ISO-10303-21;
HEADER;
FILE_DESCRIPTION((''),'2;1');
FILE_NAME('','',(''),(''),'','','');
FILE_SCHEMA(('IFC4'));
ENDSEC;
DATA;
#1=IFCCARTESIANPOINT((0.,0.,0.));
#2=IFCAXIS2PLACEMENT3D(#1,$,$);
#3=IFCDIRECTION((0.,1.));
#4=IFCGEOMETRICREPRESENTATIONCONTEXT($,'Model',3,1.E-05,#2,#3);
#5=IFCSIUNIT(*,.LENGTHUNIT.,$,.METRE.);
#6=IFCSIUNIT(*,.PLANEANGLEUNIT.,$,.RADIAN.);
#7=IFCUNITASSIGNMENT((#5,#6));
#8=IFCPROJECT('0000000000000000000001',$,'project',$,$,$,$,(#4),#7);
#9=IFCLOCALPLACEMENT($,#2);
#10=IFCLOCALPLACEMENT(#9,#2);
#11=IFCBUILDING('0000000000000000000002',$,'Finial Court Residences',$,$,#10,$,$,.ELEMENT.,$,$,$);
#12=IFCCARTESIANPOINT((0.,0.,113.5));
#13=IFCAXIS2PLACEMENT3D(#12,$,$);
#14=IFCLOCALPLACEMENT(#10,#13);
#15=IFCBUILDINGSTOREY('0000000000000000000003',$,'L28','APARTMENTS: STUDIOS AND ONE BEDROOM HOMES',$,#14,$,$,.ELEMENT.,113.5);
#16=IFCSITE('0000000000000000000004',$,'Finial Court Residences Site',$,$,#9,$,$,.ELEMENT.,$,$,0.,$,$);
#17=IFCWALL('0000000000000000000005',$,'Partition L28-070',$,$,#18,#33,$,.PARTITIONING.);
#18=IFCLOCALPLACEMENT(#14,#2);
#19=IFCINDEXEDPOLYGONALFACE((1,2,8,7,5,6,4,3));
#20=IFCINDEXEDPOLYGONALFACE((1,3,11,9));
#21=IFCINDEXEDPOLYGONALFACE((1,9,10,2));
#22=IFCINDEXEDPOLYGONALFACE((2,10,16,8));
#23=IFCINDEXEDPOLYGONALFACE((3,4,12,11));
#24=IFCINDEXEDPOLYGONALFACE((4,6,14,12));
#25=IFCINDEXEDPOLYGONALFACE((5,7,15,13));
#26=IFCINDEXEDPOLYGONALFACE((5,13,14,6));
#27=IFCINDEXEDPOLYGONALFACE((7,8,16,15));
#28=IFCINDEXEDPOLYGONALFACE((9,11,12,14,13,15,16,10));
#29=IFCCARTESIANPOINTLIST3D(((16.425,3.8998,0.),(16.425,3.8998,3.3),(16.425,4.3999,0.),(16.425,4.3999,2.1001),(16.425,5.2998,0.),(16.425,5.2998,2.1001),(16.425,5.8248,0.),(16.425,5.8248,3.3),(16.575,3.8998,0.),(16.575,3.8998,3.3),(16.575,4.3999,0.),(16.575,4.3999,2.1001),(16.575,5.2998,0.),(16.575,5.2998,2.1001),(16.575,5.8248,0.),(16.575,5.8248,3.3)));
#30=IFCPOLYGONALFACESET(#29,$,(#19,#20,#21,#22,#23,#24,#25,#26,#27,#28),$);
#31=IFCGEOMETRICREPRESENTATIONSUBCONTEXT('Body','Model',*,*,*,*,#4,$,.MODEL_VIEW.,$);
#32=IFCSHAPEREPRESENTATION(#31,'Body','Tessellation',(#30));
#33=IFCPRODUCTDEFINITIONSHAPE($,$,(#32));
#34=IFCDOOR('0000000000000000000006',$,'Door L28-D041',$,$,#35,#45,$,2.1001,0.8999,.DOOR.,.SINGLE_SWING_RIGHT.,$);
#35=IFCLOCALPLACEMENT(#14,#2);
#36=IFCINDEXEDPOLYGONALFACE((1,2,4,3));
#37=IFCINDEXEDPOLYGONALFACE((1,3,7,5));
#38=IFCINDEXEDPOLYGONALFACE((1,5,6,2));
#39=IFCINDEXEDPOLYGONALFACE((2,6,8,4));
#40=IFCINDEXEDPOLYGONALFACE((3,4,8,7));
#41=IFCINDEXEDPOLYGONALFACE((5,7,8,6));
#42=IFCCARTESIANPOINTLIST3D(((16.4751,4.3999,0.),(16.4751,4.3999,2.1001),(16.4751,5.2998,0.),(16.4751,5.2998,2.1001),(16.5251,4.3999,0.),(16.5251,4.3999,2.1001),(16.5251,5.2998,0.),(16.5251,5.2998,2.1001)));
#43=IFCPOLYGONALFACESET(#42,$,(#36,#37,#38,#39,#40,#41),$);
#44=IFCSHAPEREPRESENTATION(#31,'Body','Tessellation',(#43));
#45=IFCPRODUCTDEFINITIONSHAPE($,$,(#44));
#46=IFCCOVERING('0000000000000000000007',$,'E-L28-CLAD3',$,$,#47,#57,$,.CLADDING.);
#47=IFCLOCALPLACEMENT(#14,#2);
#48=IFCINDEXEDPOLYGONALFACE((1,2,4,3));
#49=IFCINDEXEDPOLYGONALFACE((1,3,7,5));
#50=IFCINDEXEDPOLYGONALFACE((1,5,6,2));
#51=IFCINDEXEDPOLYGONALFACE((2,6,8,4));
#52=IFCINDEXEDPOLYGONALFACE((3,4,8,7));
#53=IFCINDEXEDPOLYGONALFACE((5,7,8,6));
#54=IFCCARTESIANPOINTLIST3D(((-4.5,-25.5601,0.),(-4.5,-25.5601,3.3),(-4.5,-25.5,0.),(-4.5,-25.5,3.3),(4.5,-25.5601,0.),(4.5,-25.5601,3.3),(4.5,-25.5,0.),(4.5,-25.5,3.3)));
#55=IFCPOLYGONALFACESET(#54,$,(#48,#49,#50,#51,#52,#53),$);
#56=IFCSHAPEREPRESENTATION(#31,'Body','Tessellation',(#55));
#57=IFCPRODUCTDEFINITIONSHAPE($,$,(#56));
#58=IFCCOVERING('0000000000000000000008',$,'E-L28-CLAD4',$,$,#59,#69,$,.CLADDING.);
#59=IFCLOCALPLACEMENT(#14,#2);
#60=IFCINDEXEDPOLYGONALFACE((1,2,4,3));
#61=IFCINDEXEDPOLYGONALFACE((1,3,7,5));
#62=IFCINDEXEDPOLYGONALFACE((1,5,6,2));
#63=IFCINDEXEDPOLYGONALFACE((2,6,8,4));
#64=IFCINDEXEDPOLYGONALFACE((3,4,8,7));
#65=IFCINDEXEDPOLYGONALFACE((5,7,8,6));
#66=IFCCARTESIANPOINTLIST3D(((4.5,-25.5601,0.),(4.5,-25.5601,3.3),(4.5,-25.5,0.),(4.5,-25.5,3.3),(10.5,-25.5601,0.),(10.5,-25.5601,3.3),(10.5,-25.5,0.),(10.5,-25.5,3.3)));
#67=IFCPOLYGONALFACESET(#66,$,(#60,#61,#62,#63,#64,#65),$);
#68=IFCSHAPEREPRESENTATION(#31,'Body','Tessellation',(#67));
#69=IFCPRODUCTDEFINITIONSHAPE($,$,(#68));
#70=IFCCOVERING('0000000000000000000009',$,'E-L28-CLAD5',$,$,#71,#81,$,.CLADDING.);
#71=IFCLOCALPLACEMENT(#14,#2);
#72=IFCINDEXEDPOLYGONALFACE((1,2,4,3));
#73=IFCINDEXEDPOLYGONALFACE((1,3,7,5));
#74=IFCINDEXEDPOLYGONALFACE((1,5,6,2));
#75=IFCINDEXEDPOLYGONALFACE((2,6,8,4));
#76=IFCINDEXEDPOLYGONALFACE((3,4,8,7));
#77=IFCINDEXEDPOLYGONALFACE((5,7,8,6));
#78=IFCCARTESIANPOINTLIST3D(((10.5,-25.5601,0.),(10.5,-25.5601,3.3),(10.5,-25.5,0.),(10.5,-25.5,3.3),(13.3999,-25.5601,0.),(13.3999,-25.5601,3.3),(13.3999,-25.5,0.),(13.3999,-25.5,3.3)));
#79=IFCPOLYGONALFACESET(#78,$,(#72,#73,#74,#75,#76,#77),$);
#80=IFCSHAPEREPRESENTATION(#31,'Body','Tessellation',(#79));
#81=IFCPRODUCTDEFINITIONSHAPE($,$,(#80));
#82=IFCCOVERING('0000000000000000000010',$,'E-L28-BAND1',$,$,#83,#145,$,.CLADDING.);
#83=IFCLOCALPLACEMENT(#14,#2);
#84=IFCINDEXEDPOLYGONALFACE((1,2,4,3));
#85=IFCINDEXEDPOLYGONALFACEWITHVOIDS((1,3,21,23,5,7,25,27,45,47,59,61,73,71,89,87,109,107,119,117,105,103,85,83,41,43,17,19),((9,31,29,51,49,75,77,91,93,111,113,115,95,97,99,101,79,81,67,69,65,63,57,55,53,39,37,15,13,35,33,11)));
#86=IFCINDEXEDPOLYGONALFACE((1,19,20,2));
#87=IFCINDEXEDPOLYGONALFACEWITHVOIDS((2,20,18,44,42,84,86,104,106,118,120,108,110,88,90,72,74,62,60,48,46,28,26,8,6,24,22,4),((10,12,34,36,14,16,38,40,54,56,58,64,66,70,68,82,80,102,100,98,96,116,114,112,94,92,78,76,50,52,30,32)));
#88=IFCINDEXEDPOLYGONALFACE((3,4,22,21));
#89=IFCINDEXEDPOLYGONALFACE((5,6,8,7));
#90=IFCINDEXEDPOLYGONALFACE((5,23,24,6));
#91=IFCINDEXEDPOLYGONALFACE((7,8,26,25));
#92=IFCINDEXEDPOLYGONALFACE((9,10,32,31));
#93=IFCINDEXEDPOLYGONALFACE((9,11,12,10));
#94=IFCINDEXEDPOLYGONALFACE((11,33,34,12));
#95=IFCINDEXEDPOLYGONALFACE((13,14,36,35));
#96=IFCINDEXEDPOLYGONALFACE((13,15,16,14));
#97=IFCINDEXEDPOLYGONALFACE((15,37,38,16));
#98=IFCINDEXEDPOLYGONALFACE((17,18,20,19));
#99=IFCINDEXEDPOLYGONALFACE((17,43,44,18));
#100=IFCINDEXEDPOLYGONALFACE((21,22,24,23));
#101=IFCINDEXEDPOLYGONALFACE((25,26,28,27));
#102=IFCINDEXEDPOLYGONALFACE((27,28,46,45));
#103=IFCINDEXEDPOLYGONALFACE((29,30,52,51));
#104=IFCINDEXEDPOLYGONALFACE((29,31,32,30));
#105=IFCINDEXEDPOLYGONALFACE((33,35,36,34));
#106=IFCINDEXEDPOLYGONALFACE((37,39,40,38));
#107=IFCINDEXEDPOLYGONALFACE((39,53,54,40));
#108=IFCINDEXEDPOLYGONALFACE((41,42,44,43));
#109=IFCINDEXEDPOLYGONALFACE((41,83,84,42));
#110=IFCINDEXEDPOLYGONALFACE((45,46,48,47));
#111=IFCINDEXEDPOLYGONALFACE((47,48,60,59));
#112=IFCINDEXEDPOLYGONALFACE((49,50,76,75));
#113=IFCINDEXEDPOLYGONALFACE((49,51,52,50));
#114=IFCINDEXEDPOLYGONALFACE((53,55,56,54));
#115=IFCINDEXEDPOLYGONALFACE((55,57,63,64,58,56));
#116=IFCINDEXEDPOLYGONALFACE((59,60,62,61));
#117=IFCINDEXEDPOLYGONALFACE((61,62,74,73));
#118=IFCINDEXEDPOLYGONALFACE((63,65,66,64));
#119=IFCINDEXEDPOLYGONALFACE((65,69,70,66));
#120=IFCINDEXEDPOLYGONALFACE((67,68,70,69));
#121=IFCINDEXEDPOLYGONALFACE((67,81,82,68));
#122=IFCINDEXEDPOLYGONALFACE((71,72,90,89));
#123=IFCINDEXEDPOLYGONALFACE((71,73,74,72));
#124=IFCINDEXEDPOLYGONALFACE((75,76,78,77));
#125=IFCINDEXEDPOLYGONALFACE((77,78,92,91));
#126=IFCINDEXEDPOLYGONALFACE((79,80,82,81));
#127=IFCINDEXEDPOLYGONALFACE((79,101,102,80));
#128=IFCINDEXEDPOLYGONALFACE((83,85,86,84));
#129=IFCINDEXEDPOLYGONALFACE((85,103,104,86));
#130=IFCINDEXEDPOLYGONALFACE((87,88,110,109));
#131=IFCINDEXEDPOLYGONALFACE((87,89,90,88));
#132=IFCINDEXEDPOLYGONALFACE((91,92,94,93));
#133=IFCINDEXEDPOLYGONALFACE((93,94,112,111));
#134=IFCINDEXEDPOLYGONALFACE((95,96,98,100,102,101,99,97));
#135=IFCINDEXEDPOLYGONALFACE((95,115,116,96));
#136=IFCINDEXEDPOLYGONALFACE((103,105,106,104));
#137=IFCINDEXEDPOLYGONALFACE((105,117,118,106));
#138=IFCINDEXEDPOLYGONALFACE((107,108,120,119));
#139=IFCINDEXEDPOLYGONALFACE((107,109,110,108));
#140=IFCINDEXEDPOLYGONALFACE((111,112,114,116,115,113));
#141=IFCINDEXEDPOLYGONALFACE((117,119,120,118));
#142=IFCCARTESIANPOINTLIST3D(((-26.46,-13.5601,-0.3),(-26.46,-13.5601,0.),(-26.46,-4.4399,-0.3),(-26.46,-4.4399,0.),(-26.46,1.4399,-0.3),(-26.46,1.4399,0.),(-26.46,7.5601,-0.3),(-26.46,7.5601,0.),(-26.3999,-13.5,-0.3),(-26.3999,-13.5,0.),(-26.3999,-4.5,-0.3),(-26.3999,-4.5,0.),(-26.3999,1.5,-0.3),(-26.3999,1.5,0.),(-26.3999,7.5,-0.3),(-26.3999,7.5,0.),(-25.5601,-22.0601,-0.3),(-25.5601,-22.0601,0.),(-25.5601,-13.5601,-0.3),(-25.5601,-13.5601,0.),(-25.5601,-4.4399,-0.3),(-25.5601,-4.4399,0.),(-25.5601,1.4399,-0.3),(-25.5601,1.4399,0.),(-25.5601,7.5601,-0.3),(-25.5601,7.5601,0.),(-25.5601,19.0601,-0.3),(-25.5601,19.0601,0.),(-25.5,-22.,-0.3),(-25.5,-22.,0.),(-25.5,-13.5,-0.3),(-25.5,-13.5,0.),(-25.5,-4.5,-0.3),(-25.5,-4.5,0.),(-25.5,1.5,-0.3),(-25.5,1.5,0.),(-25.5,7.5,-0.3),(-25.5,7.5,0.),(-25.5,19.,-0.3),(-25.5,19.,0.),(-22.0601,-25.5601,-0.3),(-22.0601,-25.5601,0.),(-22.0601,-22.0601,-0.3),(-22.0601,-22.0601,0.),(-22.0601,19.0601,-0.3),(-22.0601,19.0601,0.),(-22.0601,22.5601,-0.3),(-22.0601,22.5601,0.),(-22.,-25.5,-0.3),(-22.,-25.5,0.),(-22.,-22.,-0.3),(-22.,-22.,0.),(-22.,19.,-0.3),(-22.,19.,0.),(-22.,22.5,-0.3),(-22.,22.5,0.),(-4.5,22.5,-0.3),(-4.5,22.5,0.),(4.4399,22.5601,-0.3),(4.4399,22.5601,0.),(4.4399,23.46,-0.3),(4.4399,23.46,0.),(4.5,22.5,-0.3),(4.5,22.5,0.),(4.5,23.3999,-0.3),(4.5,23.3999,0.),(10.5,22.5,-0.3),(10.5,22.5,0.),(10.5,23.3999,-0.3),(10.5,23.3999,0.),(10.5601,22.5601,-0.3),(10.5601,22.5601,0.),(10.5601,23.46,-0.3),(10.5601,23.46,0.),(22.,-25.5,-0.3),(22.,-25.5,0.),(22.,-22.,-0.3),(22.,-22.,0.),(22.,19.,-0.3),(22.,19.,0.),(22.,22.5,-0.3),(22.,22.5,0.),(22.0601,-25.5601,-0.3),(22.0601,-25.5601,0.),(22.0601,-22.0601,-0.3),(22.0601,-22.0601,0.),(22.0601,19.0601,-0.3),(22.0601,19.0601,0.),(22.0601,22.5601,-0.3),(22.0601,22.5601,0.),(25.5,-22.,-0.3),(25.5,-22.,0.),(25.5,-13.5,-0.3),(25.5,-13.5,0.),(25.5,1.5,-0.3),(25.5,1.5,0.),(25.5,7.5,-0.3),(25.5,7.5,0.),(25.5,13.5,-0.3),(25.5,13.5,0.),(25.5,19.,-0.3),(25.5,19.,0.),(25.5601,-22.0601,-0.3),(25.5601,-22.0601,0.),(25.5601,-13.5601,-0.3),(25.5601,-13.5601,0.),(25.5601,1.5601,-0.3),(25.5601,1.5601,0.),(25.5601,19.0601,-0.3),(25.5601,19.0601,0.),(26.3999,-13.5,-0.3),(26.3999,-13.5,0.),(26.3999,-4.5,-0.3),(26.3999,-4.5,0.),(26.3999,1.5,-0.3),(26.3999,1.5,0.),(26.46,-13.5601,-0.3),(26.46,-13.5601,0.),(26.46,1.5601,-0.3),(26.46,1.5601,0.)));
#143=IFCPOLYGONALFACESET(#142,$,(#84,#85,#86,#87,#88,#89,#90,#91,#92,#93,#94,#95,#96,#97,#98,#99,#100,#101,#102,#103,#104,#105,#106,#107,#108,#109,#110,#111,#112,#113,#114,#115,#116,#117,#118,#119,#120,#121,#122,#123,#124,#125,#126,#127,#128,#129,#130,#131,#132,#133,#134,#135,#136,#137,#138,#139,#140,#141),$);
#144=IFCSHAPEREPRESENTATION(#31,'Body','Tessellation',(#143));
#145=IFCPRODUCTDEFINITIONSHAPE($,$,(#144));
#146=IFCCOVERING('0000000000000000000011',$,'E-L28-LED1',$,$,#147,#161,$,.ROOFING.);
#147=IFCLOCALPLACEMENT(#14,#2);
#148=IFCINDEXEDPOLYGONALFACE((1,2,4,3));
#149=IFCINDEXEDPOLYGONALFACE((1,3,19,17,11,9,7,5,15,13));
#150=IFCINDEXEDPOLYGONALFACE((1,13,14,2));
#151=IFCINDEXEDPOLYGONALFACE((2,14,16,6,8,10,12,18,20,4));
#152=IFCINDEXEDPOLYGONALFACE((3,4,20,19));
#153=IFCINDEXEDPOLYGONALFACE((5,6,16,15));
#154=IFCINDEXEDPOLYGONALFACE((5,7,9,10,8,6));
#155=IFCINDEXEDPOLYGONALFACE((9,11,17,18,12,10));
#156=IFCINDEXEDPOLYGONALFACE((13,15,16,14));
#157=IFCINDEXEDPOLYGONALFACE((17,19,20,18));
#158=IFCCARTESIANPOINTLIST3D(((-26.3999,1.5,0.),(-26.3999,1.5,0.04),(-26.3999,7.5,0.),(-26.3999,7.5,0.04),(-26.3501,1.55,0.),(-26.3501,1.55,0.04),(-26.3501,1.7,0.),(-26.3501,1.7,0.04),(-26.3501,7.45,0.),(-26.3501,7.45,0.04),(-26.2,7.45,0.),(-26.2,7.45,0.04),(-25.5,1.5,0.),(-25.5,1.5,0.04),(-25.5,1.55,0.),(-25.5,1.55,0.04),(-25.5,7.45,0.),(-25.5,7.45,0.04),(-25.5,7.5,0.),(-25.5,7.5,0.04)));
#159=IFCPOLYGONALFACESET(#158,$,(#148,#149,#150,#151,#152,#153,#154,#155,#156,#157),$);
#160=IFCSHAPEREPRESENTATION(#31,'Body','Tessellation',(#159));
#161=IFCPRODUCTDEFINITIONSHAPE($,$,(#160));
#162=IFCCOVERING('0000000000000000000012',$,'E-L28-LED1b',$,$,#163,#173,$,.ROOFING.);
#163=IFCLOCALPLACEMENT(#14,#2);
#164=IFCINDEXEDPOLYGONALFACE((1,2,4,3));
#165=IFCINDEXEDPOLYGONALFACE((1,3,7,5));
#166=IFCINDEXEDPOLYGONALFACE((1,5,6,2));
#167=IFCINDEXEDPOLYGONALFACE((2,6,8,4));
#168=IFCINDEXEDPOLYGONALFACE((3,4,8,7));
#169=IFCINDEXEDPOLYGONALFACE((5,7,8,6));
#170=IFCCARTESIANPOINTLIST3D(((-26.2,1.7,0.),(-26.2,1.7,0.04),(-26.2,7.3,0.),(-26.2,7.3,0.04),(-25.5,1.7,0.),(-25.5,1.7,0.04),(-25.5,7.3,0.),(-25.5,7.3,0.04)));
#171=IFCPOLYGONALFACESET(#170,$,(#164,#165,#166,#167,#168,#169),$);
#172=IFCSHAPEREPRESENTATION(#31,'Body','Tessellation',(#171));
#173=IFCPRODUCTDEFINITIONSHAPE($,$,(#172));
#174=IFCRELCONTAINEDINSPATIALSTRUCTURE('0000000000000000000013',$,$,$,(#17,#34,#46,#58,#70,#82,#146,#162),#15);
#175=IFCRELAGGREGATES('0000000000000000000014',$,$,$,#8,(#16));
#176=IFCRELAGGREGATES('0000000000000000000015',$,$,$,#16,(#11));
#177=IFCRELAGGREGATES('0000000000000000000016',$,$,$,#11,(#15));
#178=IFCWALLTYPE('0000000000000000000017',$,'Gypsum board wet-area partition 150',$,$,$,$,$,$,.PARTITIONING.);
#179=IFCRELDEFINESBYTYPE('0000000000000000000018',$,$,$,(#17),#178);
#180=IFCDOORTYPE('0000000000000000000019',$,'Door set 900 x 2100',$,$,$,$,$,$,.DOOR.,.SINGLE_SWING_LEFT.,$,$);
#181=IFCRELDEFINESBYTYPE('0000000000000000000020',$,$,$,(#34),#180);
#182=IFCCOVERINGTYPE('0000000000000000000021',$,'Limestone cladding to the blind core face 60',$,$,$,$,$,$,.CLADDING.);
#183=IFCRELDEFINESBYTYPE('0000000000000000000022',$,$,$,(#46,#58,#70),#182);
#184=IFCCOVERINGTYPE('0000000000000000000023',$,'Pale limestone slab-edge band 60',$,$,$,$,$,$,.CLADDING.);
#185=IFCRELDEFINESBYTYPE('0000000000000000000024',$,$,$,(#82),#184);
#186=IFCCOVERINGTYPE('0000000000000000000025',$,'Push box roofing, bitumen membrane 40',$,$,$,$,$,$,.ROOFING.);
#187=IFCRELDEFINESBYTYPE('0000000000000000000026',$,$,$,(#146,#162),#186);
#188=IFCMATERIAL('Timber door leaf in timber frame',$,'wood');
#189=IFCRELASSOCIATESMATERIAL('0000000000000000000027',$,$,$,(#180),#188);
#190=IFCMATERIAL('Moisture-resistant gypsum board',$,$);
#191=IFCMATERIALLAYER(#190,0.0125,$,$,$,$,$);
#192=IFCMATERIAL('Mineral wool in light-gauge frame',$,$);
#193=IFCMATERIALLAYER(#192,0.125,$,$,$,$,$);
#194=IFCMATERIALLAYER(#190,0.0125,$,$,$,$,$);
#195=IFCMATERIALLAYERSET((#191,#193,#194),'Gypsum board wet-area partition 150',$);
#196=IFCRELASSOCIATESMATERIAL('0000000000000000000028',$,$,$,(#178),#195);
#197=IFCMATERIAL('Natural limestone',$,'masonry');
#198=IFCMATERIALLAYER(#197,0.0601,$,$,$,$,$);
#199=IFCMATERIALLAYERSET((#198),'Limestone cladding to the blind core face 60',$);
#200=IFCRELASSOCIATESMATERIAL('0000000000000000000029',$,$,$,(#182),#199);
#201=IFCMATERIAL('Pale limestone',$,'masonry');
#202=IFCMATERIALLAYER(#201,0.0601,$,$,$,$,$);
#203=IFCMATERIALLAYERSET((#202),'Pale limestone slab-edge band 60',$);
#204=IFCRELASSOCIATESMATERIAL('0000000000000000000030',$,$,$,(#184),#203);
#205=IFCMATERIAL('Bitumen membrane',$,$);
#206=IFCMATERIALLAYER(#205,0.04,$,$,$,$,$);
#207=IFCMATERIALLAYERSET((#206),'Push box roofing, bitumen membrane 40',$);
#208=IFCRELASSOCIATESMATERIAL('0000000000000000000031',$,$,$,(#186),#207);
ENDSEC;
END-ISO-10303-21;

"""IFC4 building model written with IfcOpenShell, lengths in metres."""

from ifc_helpers import new_model, si_unit, direction, frame, frame_2d, origin, place, context, subcontext, project, spatial, polyline, rectangle, outline, extrude, material, layer, layer_set, type_object, element, fill, save


model = new_model("IFC4")

# Units and contexts
model_context = context("Model", 3, precision=1e-05, world=origin(), true_north=direction((0.0, 1.0)))
body_context = subcontext(model_context, "Body", "Model", "MODEL_VIEW")
ifc_project = project(units=[si_unit("LENGTHUNIT", "METRE"), si_unit("PLANEANGLEUNIT", "RADIAN")], contexts=[model_context])

# Site, building, storey
site_placement = place(None, origin())
site = spatial("IfcSite", under=ifc_project, at=site_placement, Name="Finial Court Residences Site", CompositionType="ELEMENT", RefElevation=0.0)
building_placement = place(site_placement, origin())
building = spatial("IfcBuilding", under=site, at=building_placement, Name="Finial Court Residences", CompositionType="ELEMENT")
storey_placement = place(building_placement, frame((0.0, 0.0, 113.5)))
storey = spatial("IfcBuildingStorey", under=building, at=storey_placement, Name="L28", Description="APARTMENTS: STUDIOS AND ONE BEDROOM HOMES", CompositionType="ELEMENT", Elevation=113.5)

# Shared definitions
ifc_material_1 = material(Name="Mineral wool in light-gauge frame")
ifc_material_2 = material(Name="Timber door leaf in timber frame", Category="wood")
door_type = type_object("IfcDoorType", Name="Door set 900 x 2100", OperationType="SINGLE_SWING_LEFT", PredefinedType="DOOR", material=ifc_material_2)

# Shared definitions
ifc_material_3 = material(Name="Moisture-resistant gypsum board")
ifc_layer_1 = layer(ifc_material_3, 0.0125)
ifc_layer_2 = layer(ifc_material_1, 0.125)
ifc_layer_3 = layer(ifc_material_3, 0.0125)
ifc_layer_set_1 = layer_set([ifc_layer_1, ifc_layer_2, ifc_layer_3], Name="Gypsum board wet-area partition 150")
wall_type_1 = type_object("IfcWallType", Name="Gypsum board wet-area partition 150", PredefinedType="PARTITIONING", material=ifc_layer_set_1)

# Wall, opening, door
wall_1_placement = place(storey_placement, frame((16.5, 3.8999, 0.0), z_axis=(0.0, 0.0, 1.0), x_axis=(0.0, 1.0, 0.0)))
wall_1 = element("IfcWall", 1, at=wall_1_placement, inside=storey, type_object=wall_type_1, Name="Partition L28-070", PredefinedType="PARTITIONING", context=body_context, shape_type="SweptSolid", body=[
    extrude(rectangle(XDim=1.925, YDim=0.1499, at=frame_2d((0.9624, 0.0))), origin(), (0.0, 0.0, 1.0), 3.3),
])
opening_1_placement = place(wall_1_placement, frame((0.5, 0.0, 0.0)))
opening_1 = element("IfcOpeningElement", 2, at=opening_1_placement, cuts=wall_1, PredefinedType="OPENING", context=body_context, shape_type="SweptSolid", body=[
    extrude(rectangle(XDim=0.8999, YDim=2.1001, at=frame_2d((0.45, 1.05))), frame((0.0, 0.085, 0.0), z_axis=(0.0, -1.0, 0.0), x_axis=(1.0, 0.0, 0.0)), (0.0, 0.0, 1.0), 0.1699),
])
door_1_placement = place(opening_1_placement, origin())
door_1 = element("IfcDoor", 3, at=door_1_placement, inside=storey, type_object=door_type, Name="Door L28-D041", OperationType="SINGLE_SWING_RIGHT", OverallHeight=2.1001, OverallWidth=0.8999, PredefinedType="DOOR", context=body_context, shape_type="SweptSolid", body=[
    extrude(rectangle(XDim=0.8999, YDim=2.1001, at=frame_2d((0.45, 1.05))), frame((0.0, 0.0249, 0.0), z_axis=(0.0, -1.0, 0.0), x_axis=(1.0, 0.0, 0.0)), (0.0, 0.0, 1.0), 0.05),
])
fill(opening_1, door_1)

# Coverings
ifc_material_4 = material(Name="Natural limestone", Category="masonry")
ifc_layer_4 = layer(ifc_material_4, 0.0601)
ifc_layer_set_2 = layer_set([ifc_layer_4], Name="Limestone cladding to the blind core face 60")
covering_type_1 = type_object("IfcCoveringType", Name="Limestone cladding to the blind core face 60", PredefinedType="CLADDING", material=ifc_layer_set_2)
covering_1_placement = place(storey_placement, origin())
element("IfcCovering", 4, at=covering_1_placement, inside=storey, type_object=covering_type_1, Name="E-L28-CLAD3", PredefinedType="CLADDING", context=body_context, shape_type="SweptSolid", body=[
    extrude(outline(polyline([(4.5, -25.5601), (4.5, -25.5), (-4.5, -25.5), (-4.5, -25.5601), (4.5, -25.5601)])), origin(), (0.0, 0.0, 1.0), 3.3),
])
covering_2_placement = place(storey_placement, origin())
element("IfcCovering", 5, at=covering_2_placement, inside=storey, type_object=covering_type_1, Name="E-L28-CLAD4", PredefinedType="CLADDING", context=body_context, shape_type="SweptSolid", body=[
    extrude(outline(polyline([(10.5, -25.5601), (10.5, -25.5), (4.5, -25.5), (4.5, -25.5601), (10.5, -25.5601)])), origin(), (0.0, 0.0, 1.0), 3.3),
])
covering_3_placement = place(storey_placement, origin())
element("IfcCovering", 6, at=covering_3_placement, inside=storey, type_object=covering_type_1, Name="E-L28-CLAD5", PredefinedType="CLADDING", context=body_context, shape_type="SweptSolid", body=[
    extrude(outline(polyline([(13.3999, -25.5601), (13.3999, -25.5), (10.5, -25.5), (10.5, -25.5601), (13.3999, -25.5601)])), origin(), (0.0, 0.0, 1.0), 3.3),
])
ifc_material_5 = material(Name="Pale limestone", Category="masonry")
ifc_layer_5 = layer(ifc_material_5, 0.0601)
ifc_layer_set_3 = layer_set([ifc_layer_5], Name="Pale limestone slab-edge band 60")
covering_type_2 = type_object("IfcCoveringType", Name="Pale limestone slab-edge band 60", PredefinedType="CLADDING", material=ifc_layer_set_3)
covering_4_placement = place(storey_placement, frame((0.0, 0.0, -0.3)))
element("IfcCovering", 7, at=covering_4_placement, inside=storey, type_object=covering_type_2, Name="E-L28-BAND1", PredefinedType="CLADDING", context=body_context, shape_type="SweptSolid", body=[
    extrude(outline(polyline([(22.0601, -22.0601), (22.0601, -25.5601), (-22.0601, -25.5601), (-22.0601, -22.0601), (-25.5601, -22.0601), (-25.5601, -13.5601), (-26.46, -13.5601), (-26.46, -4.4399), (-25.5601, -4.4399), (-25.5601, 1.4399), (-26.46, 1.4399), (-26.46, 7.5601), (-25.5601, 7.5601), (-25.5601, 19.0601), (-22.0601, 19.0601), (-22.0601, 22.5601), (4.4399, 22.5601), (4.4399, 23.46), (10.5601, 23.46), (10.5601, 22.5601), (22.0601, 22.5601), (22.0601, 19.0601), (25.5601, 19.0601), (25.5601, 1.5601), (26.46, 1.5601), (26.46, -13.5601), (25.5601, -13.5601), (25.5601, -22.0601), (22.0601, -22.0601)]), holes=[polyline([(25.5, -13.5), (26.3999, -13.5), (26.3999, -4.5), (26.3999, 1.5), (25.5, 1.5), (25.5, 7.5), (25.5, 13.5), (25.5, 19.0), (22.0, 19.0), (22.0, 22.5), (10.5, 22.5), (10.5, 23.3999), (4.5, 23.3999), (4.5, 22.5), (-4.5, 22.5), (-22.0, 22.5), (-22.0, 19.0), (-25.5, 19.0), (-25.5, 7.5), (-26.3999, 7.5), (-26.3999, 1.5), (-25.5, 1.5), (-25.5, -4.5), (-26.3999, -4.5), (-26.3999, -13.5), (-25.5, -13.5), (-25.5, -22.0), (-22.0, -22.0), (-22.0, -25.5), (22.0, -25.5), (22.0, -22.0), (25.5, -22.0), (25.5, -13.5)])]), origin(), (0.0, 0.0, 1.0), 0.3),
])
ifc_material_6 = material(Name="Bitumen membrane")
ifc_layer_6 = layer(ifc_material_6, 0.04)
ifc_layer_set_4 = layer_set([ifc_layer_6], Name="Push box roofing, bitumen membrane 40")
covering_type_3 = type_object("IfcCoveringType", Name="Push box roofing, bitumen membrane 40", PredefinedType="ROOFING", material=ifc_layer_set_4)
covering_5_placement = place(storey_placement, origin())
element("IfcCovering", 8, at=covering_5_placement, inside=storey, type_object=covering_type_3, Name="E-L28-LED1", PredefinedType="ROOFING", context=body_context, shape_type="SweptSolid", body=[
    extrude(outline(polyline([(-25.5, 7.45), (-26.2, 7.45), (-26.3501, 7.45), (-26.3501, 1.7), (-26.3501, 1.7), (-26.3501, 1.55), (-25.5, 1.55), (-25.5, 1.5), (-26.3999, 1.5), (-26.3999, 7.5), (-25.5, 7.5), (-25.5, 7.45)])), origin(), (0.0, 0.0, 1.0), 0.04),
])
covering_6_placement = place(storey_placement, origin())
element("IfcCovering", 9, at=covering_6_placement, inside=storey, type_object=covering_type_3, Name="E-L28-LED1b", PredefinedType="ROOFING", context=body_context, shape_type="SweptSolid", body=[
    extrude(outline(polyline([(-25.5, 1.7), (-26.2, 1.7), (-26.2, 7.3), (-25.5, 7.3), (-25.5, 1.7)])), origin(), (0.0, 0.0, 1.0), 0.04),
])

save(model, "model.ifc")
